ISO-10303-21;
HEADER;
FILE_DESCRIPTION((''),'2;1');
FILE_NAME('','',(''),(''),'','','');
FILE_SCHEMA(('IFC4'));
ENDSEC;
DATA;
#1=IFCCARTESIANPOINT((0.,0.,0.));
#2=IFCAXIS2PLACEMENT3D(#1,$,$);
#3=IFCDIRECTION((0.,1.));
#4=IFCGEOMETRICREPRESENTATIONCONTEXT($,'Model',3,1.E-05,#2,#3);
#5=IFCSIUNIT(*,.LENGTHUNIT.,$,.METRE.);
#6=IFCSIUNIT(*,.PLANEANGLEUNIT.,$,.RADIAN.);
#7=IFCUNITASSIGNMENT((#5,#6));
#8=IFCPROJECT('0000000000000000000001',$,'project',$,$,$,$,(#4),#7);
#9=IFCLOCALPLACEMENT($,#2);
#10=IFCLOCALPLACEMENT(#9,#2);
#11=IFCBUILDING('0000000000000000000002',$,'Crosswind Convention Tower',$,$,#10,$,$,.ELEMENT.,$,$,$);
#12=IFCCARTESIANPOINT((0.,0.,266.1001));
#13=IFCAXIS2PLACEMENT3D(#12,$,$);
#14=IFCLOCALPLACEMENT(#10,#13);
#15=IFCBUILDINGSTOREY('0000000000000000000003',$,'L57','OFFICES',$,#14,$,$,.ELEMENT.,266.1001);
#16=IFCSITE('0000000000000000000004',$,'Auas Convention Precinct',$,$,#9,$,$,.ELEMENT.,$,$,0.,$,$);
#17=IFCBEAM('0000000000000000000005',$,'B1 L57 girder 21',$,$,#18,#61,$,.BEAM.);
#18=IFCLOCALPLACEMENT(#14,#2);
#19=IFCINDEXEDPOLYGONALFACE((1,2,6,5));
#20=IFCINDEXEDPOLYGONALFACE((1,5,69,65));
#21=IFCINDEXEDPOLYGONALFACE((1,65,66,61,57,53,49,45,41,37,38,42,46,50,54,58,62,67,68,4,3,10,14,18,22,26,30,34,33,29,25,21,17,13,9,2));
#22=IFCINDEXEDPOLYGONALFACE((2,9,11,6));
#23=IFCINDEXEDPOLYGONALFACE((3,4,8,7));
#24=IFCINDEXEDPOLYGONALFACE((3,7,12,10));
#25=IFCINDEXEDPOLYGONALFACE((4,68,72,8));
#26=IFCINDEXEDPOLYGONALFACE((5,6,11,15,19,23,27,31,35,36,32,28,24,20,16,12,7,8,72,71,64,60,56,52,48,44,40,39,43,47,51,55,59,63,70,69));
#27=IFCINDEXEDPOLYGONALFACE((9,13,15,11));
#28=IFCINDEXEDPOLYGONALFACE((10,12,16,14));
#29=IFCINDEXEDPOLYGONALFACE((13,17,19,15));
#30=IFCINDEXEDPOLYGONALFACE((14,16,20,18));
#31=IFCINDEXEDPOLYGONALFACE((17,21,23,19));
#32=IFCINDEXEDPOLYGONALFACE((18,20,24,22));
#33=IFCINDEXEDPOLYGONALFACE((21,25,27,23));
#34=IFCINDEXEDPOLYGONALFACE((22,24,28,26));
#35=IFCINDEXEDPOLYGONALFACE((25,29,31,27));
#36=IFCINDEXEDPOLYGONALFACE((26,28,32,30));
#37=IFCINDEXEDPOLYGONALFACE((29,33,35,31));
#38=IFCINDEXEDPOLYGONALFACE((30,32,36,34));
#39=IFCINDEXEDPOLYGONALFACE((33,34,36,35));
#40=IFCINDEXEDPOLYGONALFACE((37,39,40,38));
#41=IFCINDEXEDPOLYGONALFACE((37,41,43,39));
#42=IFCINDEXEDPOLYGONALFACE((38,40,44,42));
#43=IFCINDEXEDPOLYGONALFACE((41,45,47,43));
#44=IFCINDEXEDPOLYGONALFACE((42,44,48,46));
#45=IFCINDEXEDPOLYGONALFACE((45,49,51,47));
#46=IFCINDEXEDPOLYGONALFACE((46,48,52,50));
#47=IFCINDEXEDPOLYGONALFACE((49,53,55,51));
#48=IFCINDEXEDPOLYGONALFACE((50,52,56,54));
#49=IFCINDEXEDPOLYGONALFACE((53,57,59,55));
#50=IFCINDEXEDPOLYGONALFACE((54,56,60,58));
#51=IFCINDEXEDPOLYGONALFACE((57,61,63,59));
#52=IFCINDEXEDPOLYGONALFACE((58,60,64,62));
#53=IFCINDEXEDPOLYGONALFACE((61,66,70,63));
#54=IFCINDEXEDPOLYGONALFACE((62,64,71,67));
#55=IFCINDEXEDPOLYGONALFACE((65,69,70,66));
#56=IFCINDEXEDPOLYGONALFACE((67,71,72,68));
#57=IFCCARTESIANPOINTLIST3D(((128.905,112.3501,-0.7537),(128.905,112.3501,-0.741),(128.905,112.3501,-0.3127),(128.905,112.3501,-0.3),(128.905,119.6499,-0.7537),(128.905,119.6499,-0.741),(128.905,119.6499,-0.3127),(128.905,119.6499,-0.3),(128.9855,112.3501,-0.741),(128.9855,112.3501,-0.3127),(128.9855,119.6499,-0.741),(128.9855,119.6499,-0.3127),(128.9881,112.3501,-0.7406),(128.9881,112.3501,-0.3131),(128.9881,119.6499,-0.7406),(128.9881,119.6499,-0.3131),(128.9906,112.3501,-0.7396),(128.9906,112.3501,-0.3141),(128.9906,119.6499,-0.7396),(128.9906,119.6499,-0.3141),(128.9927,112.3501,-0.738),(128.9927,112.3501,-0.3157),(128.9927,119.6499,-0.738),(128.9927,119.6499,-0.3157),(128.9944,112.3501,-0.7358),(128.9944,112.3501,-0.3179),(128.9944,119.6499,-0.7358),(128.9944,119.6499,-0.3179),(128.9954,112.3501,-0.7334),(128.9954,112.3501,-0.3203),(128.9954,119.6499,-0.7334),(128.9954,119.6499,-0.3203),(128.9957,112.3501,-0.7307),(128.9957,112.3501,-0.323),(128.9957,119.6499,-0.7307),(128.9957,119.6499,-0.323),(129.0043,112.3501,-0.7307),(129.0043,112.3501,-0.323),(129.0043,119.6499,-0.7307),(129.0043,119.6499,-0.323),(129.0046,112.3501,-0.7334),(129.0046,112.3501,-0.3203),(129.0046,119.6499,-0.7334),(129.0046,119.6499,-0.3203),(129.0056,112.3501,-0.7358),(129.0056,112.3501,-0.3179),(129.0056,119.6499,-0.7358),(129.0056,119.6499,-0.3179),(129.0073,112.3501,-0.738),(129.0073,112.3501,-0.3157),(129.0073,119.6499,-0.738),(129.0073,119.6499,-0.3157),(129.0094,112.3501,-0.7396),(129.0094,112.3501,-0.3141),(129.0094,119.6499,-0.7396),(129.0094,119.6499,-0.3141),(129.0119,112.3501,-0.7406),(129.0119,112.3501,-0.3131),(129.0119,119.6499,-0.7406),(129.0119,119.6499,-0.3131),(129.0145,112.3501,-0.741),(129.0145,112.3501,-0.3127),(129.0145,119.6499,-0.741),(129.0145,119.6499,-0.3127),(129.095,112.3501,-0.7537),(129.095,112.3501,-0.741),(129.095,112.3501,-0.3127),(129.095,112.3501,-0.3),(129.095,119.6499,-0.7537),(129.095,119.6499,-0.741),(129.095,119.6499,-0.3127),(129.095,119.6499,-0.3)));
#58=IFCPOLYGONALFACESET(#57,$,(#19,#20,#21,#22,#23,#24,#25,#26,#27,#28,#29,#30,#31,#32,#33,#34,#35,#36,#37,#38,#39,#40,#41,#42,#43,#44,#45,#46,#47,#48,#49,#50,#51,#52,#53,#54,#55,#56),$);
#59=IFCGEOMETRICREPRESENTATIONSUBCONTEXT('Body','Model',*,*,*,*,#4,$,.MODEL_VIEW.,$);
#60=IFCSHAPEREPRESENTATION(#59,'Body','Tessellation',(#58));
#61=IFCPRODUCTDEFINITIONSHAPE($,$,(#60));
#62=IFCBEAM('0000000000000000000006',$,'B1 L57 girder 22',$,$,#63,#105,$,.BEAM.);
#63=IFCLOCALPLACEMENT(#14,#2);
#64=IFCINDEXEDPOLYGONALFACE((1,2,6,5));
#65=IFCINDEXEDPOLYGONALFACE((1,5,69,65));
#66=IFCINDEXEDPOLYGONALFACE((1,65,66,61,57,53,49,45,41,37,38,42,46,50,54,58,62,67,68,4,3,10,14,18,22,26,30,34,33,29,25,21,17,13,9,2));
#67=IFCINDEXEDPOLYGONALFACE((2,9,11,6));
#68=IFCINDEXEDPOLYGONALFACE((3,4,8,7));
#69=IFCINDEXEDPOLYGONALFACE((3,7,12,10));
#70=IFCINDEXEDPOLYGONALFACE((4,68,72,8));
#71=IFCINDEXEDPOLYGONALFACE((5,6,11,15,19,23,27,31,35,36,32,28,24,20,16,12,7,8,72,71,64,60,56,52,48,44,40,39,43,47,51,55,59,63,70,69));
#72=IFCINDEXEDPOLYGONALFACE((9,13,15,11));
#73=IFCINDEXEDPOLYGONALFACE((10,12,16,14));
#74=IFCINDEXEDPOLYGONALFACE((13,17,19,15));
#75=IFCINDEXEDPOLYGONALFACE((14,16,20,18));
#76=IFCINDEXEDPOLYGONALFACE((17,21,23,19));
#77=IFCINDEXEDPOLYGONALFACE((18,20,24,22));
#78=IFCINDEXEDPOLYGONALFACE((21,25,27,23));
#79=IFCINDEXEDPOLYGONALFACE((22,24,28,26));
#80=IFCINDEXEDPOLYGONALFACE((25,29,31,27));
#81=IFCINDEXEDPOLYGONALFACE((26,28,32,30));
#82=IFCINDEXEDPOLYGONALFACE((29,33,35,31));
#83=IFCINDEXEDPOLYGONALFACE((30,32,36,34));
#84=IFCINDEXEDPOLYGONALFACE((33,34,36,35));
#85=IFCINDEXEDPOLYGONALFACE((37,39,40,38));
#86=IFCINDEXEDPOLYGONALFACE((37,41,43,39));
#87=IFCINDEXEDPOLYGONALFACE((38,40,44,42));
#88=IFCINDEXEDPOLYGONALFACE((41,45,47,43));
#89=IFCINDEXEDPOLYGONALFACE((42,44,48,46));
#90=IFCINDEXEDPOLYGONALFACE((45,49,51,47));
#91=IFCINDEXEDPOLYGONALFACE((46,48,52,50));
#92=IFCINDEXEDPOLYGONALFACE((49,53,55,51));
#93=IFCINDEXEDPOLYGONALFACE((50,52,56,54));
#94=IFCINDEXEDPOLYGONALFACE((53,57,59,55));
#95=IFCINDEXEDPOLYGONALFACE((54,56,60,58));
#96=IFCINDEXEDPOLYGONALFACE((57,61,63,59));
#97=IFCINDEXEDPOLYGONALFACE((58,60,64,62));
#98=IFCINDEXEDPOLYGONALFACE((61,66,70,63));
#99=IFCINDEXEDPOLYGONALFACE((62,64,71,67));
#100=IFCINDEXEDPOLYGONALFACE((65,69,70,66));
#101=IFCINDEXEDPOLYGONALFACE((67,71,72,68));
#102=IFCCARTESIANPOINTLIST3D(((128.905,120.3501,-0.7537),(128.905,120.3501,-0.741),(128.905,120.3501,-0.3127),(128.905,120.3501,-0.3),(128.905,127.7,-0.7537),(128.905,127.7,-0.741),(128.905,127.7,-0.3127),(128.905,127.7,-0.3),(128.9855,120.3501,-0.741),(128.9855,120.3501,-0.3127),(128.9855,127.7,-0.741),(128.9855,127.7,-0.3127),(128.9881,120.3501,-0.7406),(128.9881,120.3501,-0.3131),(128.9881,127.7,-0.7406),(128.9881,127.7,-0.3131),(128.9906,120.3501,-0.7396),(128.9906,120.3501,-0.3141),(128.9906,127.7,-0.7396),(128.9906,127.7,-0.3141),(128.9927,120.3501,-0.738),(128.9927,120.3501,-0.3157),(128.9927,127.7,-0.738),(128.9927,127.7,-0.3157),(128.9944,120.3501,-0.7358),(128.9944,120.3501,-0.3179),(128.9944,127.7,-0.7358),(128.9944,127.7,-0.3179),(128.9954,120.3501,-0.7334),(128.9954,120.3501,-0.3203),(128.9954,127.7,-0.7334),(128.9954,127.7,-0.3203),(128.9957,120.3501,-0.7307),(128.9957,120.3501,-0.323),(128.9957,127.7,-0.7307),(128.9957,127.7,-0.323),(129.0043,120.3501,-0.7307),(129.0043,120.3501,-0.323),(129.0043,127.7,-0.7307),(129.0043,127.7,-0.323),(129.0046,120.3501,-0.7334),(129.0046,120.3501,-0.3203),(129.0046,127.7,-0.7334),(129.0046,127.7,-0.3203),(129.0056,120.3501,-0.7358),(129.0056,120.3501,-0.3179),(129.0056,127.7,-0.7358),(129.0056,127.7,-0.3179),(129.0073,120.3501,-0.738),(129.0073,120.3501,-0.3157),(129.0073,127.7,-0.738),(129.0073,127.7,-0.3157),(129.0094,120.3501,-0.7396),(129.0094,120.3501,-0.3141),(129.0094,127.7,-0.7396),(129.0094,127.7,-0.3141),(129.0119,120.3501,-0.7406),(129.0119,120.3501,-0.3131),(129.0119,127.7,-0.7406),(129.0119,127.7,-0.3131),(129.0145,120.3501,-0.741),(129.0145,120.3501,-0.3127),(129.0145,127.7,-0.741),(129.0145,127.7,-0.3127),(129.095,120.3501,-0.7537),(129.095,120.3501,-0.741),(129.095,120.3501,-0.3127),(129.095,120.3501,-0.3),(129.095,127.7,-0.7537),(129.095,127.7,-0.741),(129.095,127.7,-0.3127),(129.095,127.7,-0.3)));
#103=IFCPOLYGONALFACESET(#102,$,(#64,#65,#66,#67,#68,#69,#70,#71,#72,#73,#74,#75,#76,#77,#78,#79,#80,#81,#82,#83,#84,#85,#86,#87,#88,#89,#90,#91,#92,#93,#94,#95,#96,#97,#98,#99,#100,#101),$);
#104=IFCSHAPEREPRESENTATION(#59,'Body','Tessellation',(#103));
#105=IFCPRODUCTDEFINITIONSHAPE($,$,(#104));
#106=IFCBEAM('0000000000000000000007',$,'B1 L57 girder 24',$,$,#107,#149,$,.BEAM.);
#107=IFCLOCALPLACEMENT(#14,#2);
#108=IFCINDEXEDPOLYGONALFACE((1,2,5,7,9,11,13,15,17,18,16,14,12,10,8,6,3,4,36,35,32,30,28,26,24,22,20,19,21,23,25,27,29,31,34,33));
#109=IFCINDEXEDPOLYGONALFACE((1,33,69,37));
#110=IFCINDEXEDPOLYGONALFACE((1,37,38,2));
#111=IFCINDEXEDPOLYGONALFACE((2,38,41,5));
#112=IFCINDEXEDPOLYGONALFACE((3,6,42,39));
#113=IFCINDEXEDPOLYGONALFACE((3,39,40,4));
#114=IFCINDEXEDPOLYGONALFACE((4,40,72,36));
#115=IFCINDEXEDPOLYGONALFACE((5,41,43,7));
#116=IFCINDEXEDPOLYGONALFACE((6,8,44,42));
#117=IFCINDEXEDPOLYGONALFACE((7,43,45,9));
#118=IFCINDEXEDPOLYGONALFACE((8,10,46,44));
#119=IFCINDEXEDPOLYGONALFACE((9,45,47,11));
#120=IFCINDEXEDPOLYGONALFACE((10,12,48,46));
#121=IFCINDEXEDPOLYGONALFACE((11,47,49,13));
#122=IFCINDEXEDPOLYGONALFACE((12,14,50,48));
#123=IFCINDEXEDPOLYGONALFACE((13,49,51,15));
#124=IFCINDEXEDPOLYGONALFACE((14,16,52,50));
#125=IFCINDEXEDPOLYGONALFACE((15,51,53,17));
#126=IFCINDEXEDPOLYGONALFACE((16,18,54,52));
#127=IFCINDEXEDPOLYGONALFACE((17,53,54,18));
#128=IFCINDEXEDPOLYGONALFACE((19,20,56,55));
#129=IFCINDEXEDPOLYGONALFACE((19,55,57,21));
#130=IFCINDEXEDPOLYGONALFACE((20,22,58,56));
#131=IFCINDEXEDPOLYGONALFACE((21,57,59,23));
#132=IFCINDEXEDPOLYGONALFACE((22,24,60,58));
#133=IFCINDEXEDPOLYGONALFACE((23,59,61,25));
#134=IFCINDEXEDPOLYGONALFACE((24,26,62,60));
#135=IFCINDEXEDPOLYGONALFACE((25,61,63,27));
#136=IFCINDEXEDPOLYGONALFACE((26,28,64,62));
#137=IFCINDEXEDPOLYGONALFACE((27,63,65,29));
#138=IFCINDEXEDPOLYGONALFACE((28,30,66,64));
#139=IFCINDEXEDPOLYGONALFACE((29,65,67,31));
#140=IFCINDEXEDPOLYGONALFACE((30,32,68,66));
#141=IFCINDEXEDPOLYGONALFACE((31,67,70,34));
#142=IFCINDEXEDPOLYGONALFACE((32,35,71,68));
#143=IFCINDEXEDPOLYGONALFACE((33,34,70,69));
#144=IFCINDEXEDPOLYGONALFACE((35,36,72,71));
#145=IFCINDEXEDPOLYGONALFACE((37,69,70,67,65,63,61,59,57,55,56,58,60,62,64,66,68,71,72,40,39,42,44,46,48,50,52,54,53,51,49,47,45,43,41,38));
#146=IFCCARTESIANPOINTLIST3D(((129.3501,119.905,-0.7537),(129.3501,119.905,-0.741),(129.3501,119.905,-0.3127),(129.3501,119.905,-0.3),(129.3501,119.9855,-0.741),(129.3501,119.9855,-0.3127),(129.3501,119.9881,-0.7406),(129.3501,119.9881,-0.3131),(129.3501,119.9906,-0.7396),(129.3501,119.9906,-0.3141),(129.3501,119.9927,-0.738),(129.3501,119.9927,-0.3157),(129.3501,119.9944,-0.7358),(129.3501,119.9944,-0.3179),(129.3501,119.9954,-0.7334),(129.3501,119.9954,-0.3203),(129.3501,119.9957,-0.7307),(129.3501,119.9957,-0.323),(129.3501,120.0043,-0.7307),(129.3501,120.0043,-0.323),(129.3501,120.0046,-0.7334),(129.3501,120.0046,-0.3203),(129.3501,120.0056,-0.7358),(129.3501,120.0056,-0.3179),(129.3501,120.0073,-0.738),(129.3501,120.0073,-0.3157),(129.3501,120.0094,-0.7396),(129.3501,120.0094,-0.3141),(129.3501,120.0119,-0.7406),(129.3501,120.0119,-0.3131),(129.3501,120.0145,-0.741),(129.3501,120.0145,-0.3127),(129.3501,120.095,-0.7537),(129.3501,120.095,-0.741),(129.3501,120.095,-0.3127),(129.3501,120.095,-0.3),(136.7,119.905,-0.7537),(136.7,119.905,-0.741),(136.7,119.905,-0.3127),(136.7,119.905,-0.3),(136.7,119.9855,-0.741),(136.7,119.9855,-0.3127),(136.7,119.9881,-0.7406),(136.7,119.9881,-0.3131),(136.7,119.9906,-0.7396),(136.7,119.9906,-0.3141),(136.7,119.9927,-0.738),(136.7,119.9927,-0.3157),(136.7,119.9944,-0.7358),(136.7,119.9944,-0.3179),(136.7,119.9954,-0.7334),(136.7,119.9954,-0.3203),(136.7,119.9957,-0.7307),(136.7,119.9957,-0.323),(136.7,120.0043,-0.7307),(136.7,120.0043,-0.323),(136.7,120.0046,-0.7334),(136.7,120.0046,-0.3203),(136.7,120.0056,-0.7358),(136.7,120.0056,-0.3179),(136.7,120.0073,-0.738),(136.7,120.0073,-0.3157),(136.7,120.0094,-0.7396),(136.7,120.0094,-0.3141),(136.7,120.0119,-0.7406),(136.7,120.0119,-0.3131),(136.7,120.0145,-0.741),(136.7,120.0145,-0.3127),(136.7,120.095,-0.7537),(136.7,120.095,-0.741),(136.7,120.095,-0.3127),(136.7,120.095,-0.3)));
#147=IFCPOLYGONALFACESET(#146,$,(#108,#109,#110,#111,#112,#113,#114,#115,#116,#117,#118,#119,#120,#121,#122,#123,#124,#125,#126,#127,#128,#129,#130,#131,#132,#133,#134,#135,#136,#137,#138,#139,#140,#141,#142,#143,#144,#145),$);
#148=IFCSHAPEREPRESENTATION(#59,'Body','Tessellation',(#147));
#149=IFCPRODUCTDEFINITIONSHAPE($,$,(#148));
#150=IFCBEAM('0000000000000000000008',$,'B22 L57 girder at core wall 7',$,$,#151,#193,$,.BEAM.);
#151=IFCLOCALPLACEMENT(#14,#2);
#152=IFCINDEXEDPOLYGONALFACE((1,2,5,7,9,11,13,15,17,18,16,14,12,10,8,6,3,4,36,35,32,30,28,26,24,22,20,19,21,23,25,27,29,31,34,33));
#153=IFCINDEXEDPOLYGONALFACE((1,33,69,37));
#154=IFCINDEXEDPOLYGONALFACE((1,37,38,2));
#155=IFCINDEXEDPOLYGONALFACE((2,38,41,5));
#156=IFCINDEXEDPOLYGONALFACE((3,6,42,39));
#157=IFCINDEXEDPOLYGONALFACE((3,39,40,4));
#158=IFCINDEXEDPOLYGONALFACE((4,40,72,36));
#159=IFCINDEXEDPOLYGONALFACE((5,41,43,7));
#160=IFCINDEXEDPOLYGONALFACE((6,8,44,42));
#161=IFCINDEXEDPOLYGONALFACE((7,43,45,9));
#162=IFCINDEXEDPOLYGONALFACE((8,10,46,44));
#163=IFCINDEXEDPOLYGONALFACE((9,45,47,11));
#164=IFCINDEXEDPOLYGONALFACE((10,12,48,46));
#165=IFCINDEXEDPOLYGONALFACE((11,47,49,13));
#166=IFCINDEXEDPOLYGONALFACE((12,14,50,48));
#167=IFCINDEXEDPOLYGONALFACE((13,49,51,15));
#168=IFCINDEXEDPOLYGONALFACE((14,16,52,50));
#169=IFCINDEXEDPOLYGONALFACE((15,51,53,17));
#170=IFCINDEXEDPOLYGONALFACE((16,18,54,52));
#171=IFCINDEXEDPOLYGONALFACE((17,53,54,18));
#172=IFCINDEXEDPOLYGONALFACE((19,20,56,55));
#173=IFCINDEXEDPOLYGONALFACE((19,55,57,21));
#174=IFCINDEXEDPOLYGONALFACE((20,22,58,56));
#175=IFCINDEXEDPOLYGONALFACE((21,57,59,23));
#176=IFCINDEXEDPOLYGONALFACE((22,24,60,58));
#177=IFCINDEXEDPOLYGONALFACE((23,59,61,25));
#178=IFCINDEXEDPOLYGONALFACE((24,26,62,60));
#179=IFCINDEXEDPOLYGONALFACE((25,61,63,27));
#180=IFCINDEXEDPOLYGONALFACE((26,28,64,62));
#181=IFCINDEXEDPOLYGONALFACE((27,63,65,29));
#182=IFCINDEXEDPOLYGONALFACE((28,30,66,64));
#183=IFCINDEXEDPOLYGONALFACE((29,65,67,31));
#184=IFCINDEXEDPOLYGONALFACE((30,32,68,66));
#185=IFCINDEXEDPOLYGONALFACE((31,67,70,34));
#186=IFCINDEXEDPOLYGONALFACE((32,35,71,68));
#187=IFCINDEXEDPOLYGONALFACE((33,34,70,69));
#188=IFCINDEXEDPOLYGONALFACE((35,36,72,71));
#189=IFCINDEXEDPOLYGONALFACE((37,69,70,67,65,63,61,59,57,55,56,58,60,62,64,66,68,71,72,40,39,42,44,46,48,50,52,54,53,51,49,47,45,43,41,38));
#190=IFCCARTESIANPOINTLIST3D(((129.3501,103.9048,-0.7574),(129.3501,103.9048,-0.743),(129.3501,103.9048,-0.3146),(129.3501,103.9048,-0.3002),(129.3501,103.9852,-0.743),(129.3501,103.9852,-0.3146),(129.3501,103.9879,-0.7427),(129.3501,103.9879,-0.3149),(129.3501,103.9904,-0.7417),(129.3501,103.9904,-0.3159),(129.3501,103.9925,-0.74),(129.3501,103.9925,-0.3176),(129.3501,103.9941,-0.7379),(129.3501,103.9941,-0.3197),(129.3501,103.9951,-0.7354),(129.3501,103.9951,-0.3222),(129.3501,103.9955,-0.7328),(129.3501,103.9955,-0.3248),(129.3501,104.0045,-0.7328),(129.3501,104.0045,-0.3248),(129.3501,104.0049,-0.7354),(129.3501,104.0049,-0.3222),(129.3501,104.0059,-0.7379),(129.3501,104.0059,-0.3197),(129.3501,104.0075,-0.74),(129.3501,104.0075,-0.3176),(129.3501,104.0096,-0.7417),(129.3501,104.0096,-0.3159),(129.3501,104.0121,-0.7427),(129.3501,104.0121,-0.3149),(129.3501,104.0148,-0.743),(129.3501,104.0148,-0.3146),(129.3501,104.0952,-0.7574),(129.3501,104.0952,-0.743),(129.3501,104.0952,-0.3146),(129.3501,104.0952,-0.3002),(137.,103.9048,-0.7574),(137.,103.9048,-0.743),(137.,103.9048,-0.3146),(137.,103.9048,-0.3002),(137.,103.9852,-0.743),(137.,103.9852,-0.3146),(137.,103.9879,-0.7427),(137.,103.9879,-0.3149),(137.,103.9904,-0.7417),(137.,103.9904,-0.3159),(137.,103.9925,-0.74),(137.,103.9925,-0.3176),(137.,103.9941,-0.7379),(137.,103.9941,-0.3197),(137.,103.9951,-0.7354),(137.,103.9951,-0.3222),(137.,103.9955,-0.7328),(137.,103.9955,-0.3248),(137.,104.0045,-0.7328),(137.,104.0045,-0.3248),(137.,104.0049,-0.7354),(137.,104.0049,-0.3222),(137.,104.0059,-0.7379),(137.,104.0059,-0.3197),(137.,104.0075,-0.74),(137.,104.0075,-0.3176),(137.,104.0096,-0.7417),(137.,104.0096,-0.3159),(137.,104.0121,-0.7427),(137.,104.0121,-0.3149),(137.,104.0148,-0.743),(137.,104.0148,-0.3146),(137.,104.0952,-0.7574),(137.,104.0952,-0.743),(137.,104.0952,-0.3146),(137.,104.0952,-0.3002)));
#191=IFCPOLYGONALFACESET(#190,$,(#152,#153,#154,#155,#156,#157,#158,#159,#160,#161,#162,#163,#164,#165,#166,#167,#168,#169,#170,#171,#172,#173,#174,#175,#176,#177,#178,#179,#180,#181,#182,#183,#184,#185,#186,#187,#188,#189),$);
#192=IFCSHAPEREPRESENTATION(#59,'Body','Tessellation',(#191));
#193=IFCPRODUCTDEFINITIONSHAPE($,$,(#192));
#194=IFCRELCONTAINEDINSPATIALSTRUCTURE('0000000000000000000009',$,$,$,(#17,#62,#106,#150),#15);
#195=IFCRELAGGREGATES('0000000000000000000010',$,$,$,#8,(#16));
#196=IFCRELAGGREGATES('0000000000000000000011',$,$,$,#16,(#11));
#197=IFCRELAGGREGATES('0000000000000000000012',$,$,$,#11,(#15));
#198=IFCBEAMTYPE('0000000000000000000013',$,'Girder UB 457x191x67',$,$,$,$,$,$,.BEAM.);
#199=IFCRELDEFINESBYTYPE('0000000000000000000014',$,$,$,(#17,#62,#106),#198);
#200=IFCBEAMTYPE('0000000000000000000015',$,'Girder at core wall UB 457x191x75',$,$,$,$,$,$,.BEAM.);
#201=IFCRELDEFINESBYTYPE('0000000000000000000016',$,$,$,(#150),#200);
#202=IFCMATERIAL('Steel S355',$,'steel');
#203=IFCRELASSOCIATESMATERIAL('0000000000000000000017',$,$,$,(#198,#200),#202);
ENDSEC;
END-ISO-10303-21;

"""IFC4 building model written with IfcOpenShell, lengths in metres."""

from ifc_helpers import new_model, si_unit, direction, frame, origin, origin_2d, place, context, subcontext, project, spatial, i_section, extrude, material, material_profile, profile_set, type_object, element, save


model = new_model("IFC4")

# Units and contexts
model_context = context("Model", 3, precision=1e-05, world=origin(), true_north=direction((0.0, 1.0)))
body_context = subcontext(model_context, "Body", "Model", "MODEL_VIEW")
ifc_project = project(units=[si_unit("LENGTHUNIT", "METRE"), si_unit("PLANEANGLEUNIT", "RADIAN")], contexts=[model_context])

# Site, building, storey
site_placement = place(None, origin())
site = spatial("IfcSite", under=ifc_project, at=site_placement, Name="Auas Convention Precinct", CompositionType="ELEMENT", RefElevation=0.0)
building_placement = place(site_placement, origin())
building = spatial("IfcBuilding", under=site, at=building_placement, Name="Crosswind Convention Tower", CompositionType="ELEMENT")
storey_placement = place(building_placement, frame((0.0, 0.0, 266.1001)))
storey = spatial("IfcBuildingStorey", under=building, at=storey_placement, Name="L57", Description="OFFICES", CompositionType="ELEMENT", Elevation=266.1001)

# Beams
ifc_material_1 = material(Name="Steel S355", Category="steel")
ifc_material_profile_1 = material_profile(ifc_material_1, i_section(OverallWidth=0.1899, OverallDepth=0.4536, WebThickness=0.0085, FlangeThickness=0.0127, FilletRadius=0.0103, at=origin_2d()), Name="UB 457x191x67")
ifc_profile_set_1 = profile_set([ifc_material_profile_1], Name="Steel S355")
beam_type_1 = type_object("IfcBeamType", Name="Girder UB 457x191x67", PredefinedType="BEAM", material=ifc_profile_set_1)
for number, where, z_axis, x_axis, name in (
    (1, (129.0, 112.3501, -0.5269), (0.0, 1.0, 0.0), (-1.0, 0.0, 0.0), "B1 L57 girder 21"),
):
    element("IfcBeam", number, at=place(storey_placement, frame(where, z_axis=z_axis, x_axis=x_axis)), inside=storey, type_object=beam_type_1, Name=name, PredefinedType="BEAM", context=body_context, shape_type="SweptSolid", body=[
        extrude(i_section(OverallWidth=0.1899, OverallDepth=0.4536, WebThickness=0.0085, FlangeThickness=0.0127, FilletRadius=0.0103, at=origin_2d()), origin(), (0.0, 0.0, 1.0), 7.2998),
    ])
for number, where, z_axis, x_axis, name in (
    (2, (129.0, 120.3501, -0.5269), (0.0, 1.0, 0.0), (-1.0, 0.0, 0.0), "B1 L57 girder 22"),
    (3, (129.3501, 120.0, -0.5269), (1.0, 0.0, 0.0), (0.0, 1.0, 0.0), "B1 L57 girder 24"),
):
    element("IfcBeam", number, at=place(storey_placement, frame(where, z_axis=z_axis, x_axis=x_axis)), inside=storey, type_object=beam_type_1, Name=name, PredefinedType="BEAM", context=body_context, shape_type="SweptSolid", body=[
        extrude(i_section(OverallWidth=0.1899, OverallDepth=0.4536, WebThickness=0.0085, FlangeThickness=0.0127, FilletRadius=0.0103, at=origin_2d()), origin(), (0.0, 0.0, 1.0), 7.3499),
    ])
ifc_material_profile_2 = material_profile(ifc_material_1, i_section(OverallWidth=0.1904, OverallDepth=0.4573, WebThickness=0.009, FlangeThickness=0.0144, FilletRadius=0.0103, at=origin_2d()), Name="UB 457x191x75")
ifc_profile_set_2 = profile_set([ifc_material_profile_2], Name="Steel S355")
beam_type_2 = type_object("IfcBeamType", Name="Girder at core wall UB 457x191x75", PredefinedType="BEAM", material=ifc_profile_set_2)
for number, where, z_axis, x_axis, name in (
    (4, (129.3501, 104.0, -0.5288), (1.0, 0.0, 0.0), (0.0, 1.0, 0.0), "B22 L57 girder at core wall 7"),
):
    element("IfcBeam", number, at=place(storey_placement, frame(where, z_axis=z_axis, x_axis=x_axis)), inside=storey, type_object=beam_type_2, Name=name, PredefinedType="BEAM", context=body_context, shape_type="SweptSolid", body=[
        extrude(i_section(OverallWidth=0.1904, OverallDepth=0.4573, WebThickness=0.009, FlangeThickness=0.0144, FilletRadius=0.0103, at=origin_2d()), origin(), (0.0, 0.0, 1.0), 7.6499),
    ])

save(model, "model.ifc")
